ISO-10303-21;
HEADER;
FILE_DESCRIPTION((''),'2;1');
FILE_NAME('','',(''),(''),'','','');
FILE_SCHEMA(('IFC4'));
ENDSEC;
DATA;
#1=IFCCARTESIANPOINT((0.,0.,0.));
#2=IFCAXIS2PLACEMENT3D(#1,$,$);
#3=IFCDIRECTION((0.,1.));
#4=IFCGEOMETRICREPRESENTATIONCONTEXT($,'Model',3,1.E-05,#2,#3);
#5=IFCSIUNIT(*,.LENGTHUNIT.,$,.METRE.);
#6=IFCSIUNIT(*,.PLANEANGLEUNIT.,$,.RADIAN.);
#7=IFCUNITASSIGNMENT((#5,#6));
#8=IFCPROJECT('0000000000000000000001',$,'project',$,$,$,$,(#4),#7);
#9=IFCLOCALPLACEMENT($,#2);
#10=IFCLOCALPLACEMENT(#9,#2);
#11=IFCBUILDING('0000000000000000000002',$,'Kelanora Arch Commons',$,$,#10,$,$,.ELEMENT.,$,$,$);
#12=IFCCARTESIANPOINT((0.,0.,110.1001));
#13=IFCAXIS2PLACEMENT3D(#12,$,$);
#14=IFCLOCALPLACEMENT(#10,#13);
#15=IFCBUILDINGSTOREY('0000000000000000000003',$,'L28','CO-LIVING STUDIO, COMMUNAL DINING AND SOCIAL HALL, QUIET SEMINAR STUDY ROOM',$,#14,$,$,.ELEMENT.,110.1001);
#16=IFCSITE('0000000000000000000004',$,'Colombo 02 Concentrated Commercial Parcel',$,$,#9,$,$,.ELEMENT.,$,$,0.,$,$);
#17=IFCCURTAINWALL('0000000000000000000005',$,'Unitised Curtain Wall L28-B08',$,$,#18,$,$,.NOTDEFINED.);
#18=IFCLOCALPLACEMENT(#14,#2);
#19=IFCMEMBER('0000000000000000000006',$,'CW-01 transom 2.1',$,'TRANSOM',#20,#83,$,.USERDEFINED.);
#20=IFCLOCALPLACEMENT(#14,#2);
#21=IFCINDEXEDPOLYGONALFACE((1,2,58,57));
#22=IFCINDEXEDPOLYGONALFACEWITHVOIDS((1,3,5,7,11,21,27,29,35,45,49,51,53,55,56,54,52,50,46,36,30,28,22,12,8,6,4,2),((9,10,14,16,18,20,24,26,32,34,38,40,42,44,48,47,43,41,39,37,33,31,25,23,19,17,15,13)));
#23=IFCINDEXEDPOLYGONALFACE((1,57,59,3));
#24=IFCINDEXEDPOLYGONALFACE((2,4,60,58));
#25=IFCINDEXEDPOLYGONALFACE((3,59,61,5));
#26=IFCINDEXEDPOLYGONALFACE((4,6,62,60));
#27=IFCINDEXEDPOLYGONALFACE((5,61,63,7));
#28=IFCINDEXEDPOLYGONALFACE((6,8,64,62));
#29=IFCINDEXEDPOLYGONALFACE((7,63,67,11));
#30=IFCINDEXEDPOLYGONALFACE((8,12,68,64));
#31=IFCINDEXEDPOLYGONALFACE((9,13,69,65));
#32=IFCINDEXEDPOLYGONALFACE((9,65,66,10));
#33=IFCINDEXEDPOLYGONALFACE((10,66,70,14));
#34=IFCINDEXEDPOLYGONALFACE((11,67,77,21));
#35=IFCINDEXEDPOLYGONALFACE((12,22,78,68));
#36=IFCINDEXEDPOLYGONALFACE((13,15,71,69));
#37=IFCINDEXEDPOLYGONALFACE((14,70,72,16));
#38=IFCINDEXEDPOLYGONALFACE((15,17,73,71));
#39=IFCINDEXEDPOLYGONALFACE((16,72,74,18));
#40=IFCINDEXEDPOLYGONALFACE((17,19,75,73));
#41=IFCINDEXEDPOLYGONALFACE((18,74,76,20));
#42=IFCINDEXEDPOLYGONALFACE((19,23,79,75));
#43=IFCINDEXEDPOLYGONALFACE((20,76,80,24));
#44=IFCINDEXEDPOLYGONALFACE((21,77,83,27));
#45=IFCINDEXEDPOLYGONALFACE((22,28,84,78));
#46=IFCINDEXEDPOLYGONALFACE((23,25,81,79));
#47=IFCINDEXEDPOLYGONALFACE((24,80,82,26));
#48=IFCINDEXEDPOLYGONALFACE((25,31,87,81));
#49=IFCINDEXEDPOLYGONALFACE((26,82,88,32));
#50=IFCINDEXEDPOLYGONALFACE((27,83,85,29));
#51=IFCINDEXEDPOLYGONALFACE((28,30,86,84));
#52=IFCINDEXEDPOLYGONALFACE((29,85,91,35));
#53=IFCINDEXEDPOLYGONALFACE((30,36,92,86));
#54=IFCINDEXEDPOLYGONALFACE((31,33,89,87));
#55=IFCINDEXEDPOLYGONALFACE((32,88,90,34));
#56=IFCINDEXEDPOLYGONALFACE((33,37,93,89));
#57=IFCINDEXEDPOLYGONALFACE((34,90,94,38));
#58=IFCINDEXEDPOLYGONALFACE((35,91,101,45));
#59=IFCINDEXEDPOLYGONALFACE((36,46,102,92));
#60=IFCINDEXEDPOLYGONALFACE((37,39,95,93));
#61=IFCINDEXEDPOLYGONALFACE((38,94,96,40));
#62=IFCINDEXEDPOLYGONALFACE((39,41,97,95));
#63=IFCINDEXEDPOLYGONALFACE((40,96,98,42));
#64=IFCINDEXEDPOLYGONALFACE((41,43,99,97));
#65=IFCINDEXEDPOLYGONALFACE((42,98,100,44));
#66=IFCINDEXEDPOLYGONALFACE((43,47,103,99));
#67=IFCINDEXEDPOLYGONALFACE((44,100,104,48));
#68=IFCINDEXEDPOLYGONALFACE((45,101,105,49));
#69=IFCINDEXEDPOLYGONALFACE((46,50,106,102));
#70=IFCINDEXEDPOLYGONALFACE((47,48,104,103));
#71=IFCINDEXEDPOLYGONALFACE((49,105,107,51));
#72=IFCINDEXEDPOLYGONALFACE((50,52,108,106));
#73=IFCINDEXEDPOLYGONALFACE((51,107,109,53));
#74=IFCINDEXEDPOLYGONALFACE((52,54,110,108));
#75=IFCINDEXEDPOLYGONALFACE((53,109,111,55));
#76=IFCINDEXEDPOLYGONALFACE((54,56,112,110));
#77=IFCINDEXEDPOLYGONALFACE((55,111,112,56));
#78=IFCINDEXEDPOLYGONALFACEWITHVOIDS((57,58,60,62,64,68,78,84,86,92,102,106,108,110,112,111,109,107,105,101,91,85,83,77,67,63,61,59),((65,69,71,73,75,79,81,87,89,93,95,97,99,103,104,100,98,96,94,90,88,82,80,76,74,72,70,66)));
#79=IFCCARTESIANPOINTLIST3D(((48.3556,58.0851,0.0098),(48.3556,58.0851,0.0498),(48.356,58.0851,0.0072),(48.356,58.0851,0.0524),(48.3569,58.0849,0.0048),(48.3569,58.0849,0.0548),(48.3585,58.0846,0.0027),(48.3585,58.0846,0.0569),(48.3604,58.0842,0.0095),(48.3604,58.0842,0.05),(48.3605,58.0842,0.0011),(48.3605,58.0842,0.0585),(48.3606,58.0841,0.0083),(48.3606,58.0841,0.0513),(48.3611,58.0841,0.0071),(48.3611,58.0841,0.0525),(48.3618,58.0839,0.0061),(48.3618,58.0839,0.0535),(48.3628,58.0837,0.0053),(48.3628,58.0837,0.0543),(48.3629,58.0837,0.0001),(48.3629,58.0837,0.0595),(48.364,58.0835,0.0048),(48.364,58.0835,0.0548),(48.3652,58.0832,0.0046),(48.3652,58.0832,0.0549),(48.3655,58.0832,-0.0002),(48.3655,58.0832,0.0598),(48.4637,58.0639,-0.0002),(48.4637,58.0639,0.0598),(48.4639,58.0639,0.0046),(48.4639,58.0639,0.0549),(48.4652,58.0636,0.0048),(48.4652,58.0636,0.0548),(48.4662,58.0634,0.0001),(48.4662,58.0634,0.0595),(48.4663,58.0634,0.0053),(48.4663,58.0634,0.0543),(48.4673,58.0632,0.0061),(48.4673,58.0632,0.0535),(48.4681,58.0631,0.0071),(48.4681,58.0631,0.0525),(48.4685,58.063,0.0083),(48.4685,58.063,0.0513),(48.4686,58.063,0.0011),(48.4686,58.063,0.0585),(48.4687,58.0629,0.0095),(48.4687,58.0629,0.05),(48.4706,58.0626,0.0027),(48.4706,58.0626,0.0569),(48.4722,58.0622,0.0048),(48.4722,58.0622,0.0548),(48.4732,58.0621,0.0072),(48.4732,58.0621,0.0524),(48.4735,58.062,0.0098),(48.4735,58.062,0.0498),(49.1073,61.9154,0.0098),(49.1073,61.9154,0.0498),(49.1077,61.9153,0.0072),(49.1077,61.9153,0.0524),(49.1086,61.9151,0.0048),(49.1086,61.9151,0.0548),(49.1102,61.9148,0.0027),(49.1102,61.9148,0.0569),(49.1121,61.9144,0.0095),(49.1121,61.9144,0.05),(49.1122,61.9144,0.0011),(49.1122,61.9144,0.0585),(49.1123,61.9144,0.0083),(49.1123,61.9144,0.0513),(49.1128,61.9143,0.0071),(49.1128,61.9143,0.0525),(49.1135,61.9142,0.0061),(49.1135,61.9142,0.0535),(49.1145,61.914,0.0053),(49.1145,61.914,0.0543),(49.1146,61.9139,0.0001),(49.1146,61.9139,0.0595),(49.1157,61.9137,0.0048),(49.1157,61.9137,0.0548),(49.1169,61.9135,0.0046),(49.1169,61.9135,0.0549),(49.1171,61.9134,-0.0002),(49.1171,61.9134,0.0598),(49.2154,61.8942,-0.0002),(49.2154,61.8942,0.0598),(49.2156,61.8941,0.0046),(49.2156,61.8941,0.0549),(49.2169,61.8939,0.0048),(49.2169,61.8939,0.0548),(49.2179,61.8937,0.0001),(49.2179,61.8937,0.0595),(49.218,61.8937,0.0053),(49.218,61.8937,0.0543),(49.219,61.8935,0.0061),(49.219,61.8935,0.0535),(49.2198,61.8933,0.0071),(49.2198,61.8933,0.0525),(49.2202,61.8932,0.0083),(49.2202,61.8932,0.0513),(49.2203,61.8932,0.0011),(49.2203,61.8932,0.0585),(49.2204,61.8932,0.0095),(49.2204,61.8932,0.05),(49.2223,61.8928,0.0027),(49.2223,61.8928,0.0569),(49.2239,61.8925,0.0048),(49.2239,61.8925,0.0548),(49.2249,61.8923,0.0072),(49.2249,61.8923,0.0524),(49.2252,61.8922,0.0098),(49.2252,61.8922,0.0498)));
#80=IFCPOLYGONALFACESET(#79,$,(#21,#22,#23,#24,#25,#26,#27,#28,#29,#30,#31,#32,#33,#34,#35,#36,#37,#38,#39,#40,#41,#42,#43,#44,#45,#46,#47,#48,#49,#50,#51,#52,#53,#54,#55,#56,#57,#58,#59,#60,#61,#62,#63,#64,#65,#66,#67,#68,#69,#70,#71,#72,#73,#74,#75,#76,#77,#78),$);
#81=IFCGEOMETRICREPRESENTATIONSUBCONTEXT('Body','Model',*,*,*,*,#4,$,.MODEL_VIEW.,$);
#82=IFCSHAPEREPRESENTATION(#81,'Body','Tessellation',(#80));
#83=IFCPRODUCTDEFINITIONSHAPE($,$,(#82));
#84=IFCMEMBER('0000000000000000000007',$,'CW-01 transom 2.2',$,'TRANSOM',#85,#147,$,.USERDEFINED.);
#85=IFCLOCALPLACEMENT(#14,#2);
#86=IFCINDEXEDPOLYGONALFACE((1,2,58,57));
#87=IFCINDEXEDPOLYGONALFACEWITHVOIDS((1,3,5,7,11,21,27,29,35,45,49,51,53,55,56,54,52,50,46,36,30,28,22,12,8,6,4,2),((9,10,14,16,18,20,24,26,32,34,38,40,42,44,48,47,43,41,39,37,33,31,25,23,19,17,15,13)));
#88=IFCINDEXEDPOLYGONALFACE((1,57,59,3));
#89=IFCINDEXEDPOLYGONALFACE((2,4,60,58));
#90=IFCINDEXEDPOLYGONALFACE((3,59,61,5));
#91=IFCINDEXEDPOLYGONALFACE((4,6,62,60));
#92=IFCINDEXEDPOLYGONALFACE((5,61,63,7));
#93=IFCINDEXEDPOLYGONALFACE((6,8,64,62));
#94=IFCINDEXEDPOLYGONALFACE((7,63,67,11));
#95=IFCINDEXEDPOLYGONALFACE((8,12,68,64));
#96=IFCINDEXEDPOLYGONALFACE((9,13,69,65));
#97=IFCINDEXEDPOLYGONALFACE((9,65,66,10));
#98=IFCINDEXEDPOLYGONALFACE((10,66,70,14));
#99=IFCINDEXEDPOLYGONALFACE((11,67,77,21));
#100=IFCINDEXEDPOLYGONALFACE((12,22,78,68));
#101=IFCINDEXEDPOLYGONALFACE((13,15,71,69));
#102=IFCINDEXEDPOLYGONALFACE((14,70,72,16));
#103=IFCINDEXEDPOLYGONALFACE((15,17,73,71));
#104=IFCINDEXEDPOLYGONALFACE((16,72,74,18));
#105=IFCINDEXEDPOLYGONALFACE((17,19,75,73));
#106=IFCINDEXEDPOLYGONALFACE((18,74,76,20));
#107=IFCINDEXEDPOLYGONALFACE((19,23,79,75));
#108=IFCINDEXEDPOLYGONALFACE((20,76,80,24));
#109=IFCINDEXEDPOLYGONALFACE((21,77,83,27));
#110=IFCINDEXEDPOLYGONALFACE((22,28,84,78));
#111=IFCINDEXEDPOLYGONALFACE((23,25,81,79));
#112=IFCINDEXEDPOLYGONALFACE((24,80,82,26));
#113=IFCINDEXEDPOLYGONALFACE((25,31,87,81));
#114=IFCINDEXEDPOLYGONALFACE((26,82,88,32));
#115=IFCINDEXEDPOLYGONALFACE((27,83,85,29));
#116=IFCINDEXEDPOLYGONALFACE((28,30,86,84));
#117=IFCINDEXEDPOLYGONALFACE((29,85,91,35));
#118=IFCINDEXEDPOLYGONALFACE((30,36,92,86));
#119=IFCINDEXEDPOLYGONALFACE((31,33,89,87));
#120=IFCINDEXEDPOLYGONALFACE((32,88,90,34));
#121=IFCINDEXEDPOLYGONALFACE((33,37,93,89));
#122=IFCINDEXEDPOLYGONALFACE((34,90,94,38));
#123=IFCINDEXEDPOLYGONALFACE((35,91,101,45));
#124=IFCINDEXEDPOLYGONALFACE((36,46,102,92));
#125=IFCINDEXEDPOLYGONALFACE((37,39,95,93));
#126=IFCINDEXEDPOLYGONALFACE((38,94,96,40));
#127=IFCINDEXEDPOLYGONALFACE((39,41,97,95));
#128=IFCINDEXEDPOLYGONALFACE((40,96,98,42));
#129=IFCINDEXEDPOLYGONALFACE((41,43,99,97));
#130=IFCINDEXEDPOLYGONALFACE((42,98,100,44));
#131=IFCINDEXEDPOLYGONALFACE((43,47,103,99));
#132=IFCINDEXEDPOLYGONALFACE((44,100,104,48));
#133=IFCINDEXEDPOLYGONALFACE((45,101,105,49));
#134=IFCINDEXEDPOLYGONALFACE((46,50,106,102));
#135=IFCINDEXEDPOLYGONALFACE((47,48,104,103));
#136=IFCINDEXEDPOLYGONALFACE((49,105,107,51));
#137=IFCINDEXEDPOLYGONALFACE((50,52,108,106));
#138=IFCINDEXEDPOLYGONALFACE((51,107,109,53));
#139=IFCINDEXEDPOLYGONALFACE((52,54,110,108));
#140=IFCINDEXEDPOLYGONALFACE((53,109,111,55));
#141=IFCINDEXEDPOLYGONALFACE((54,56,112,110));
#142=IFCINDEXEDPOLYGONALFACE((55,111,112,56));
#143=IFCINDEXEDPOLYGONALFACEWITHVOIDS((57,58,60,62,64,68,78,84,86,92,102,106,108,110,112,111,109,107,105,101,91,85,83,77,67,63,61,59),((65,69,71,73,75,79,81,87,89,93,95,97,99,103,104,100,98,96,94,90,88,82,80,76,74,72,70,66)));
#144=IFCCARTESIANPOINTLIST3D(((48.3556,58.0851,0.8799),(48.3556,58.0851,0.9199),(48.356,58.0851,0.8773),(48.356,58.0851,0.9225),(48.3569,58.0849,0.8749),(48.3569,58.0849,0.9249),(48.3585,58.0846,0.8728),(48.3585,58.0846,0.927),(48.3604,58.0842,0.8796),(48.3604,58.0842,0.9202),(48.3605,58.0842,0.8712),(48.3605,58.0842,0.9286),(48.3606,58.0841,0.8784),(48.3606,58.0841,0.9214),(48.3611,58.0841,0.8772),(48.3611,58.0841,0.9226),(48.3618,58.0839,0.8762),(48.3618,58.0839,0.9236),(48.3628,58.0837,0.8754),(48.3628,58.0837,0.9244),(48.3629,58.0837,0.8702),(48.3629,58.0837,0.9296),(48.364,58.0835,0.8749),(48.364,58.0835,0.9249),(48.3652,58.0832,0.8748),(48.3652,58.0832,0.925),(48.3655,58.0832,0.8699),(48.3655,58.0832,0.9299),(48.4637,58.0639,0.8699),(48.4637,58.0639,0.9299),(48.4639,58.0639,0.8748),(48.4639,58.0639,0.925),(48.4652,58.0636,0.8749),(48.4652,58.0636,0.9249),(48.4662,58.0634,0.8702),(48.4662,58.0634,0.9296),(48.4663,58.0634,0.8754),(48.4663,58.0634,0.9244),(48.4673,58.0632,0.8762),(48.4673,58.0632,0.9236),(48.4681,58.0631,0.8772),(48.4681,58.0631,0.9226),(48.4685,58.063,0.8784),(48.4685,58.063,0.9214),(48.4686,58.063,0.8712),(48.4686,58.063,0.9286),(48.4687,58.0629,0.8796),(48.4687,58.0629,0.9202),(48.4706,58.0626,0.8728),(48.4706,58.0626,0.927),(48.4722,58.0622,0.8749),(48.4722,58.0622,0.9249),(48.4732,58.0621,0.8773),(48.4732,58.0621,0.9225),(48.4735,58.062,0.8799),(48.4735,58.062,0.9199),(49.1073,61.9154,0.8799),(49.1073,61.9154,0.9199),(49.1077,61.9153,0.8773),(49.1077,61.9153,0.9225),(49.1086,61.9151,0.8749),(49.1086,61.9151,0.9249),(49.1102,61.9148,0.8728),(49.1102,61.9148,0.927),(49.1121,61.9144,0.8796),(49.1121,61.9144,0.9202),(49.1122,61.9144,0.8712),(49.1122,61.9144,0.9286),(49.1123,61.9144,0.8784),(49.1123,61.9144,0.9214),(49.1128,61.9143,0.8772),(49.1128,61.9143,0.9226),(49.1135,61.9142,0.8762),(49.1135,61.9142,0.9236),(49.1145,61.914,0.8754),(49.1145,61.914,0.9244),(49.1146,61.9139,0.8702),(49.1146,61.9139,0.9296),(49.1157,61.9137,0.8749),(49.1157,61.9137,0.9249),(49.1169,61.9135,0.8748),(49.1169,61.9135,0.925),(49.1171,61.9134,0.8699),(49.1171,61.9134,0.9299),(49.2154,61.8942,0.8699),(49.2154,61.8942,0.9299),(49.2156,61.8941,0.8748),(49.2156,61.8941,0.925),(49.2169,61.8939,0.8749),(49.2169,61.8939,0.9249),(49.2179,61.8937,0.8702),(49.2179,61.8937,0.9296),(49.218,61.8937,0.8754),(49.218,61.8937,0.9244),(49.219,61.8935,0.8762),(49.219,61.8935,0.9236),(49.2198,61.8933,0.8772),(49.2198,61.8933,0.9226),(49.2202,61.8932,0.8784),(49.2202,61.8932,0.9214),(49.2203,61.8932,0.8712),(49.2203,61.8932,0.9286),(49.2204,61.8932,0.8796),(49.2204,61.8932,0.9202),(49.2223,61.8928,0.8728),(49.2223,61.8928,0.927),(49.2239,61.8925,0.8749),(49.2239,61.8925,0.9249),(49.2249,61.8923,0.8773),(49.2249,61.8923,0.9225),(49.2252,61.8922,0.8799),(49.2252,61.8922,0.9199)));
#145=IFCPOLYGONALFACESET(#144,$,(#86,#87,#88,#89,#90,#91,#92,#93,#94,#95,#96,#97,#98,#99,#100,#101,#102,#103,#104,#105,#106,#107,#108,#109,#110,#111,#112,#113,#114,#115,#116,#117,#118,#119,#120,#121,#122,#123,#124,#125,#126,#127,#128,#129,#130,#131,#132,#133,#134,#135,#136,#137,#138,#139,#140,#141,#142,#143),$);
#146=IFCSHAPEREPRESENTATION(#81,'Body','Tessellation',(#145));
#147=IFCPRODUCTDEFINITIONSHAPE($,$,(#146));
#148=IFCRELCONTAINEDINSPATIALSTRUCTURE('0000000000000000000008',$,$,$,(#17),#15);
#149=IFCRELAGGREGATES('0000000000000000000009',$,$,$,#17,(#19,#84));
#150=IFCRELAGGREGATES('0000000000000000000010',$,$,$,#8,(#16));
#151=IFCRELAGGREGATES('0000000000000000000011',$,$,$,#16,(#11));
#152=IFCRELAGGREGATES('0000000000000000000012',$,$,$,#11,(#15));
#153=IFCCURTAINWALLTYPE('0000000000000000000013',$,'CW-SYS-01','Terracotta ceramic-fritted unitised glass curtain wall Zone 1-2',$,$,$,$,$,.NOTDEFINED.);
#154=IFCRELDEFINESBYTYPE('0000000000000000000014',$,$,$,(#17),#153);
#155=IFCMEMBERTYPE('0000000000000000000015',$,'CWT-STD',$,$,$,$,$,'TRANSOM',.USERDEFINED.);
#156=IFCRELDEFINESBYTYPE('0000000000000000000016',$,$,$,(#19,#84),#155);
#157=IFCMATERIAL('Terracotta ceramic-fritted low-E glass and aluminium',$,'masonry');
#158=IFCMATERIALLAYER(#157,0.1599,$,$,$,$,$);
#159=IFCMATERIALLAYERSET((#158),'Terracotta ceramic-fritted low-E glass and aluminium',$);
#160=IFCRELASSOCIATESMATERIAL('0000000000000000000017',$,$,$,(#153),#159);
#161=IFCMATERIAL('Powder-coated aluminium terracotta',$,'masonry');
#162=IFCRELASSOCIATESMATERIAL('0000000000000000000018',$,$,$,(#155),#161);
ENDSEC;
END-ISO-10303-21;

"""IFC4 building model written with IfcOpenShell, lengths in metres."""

from ifc_helpers import new_model, si_unit, direction, frame, origin, origin_2d, place, context, subcontext, project, spatial, hollow_rectangle, extrude, material, layer, layer_set, material_profile, profile_set, type_object, element, aggregate, save


model = new_model("IFC4")

# Units and contexts
model_context = context("Model", 3, precision=1e-05, world=origin(), true_north=direction((0.0, 1.0)))
body_context = subcontext(model_context, "Body", "Model", "MODEL_VIEW")
ifc_project = project(units=[si_unit("LENGTHUNIT", "METRE"), si_unit("PLANEANGLEUNIT", "RADIAN")], contexts=[model_context])

# Site, building, storey
site_placement = place(None, origin())
site = spatial("IfcSite", under=ifc_project, at=site_placement, Name="Colombo 02 Concentrated Commercial Parcel", CompositionType="ELEMENT", RefElevation=0.0)
building_placement = place(site_placement, origin())
building = spatial("IfcBuilding", under=site, at=building_placement, Name="Kelanora Arch Commons", CompositionType="ELEMENT")
storey_placement = place(building_placement, frame((0.0, 0.0, 110.1001)))
storey = spatial("IfcBuildingStorey", under=building, at=storey_placement, Name="L28", Description="CO-LIVING STUDIO, COMMUNAL DINING AND SOCIAL HALL, QUIET SEMINAR STUDY ROOM", CompositionType="ELEMENT", Elevation=110.1001)

# Curtain wall, members
ifc_material_1 = material(Name="Terracotta ceramic-fritted low-E glass and aluminium", Category="masonry")
ifc_layer_1 = layer(ifc_material_1, 0.1599)
ifc_layer_set_1 = layer_set([ifc_layer_1], Name="Terracotta ceramic-fritted low-E glass and aluminium")
curtain_wall_type = type_object("IfcCurtainWallType", Name="CW-SYS-01", Description="Terracotta ceramic-fritted unitised glass curtain wall Zone 1-2", PredefinedType="NOTDEFINED", material=ifc_layer_set_1)
curtain_wall_placement = place(storey_placement, origin())
curtain_wall = element("IfcCurtainWall", 1, at=curtain_wall_placement, inside=storey, type_object=curtain_wall_type, Name="Unitised Curtain Wall L28-B08", PredefinedType="NOTDEFINED")
ifc_material_2 = material(Name="Powder-coated aluminium terracotta", Category="masonry")
ifc_material_profile_1 = material_profile(ifc_material_2, hollow_rectangle(XDim=0.1201, YDim=0.0601, WallThickness=0.0049, InnerFilletRadius=0.0049, OuterFilletRadius=0.01, at=origin_2d()), Name="CWT120x60")
ifc_profile_set_1 = profile_set([ifc_material_profile_1], Name="Powder-coated aluminium terracotta")
member_type_1 = type_object("IfcMemberType", Name="CWT-STD", ElementType="TRANSOM", PredefinedType="USERDEFINED", material=ifc_profile_set_1)
member_1_placement = place(storey_placement, frame((49.1663, 61.9038, 0.0298), z_axis=(-0.192579, -0.981282, 0.0), x_axis=(0.981282, -0.192579, 0.0)))
member_1 = element("IfcMember", 2, at=member_1_placement, type_object=member_type_1, Name="CW-01 transom 2.1", ObjectType="TRANSOM", PredefinedType="USERDEFINED", context=body_context, shape_type="SweptSolid", body=[
    extrude(hollow_rectangle(XDim=0.1201, YDim=0.0601, WallThickness=0.0049, InnerFilletRadius=0.0049, OuterFilletRadius=0.01, at=origin_2d()), origin(), (0.0, 0.0, 1.0), 3.9033),
])
member_2_placement = place(storey_placement, frame((49.1663, 61.9038, 0.8999), z_axis=(-0.192579, -0.981282, 0.0), x_axis=(0.981282, -0.192579, 0.0)))
member_2 = element("IfcMember", 3, at=member_2_placement, type_object=member_type_1, Name="CW-01 transom 2.2", ObjectType="TRANSOM", PredefinedType="USERDEFINED", context=body_context, shape_type="SweptSolid", body=[
    extrude(hollow_rectangle(XDim=0.1201, YDim=0.0601, WallThickness=0.0049, InnerFilletRadius=0.0049, OuterFilletRadius=0.01, at=origin_2d()), origin(), (0.0, 0.0, 1.0), 3.9033),
])
aggregate(curtain_wall, [member_1, member_2])

save(model, "model.ifc")
